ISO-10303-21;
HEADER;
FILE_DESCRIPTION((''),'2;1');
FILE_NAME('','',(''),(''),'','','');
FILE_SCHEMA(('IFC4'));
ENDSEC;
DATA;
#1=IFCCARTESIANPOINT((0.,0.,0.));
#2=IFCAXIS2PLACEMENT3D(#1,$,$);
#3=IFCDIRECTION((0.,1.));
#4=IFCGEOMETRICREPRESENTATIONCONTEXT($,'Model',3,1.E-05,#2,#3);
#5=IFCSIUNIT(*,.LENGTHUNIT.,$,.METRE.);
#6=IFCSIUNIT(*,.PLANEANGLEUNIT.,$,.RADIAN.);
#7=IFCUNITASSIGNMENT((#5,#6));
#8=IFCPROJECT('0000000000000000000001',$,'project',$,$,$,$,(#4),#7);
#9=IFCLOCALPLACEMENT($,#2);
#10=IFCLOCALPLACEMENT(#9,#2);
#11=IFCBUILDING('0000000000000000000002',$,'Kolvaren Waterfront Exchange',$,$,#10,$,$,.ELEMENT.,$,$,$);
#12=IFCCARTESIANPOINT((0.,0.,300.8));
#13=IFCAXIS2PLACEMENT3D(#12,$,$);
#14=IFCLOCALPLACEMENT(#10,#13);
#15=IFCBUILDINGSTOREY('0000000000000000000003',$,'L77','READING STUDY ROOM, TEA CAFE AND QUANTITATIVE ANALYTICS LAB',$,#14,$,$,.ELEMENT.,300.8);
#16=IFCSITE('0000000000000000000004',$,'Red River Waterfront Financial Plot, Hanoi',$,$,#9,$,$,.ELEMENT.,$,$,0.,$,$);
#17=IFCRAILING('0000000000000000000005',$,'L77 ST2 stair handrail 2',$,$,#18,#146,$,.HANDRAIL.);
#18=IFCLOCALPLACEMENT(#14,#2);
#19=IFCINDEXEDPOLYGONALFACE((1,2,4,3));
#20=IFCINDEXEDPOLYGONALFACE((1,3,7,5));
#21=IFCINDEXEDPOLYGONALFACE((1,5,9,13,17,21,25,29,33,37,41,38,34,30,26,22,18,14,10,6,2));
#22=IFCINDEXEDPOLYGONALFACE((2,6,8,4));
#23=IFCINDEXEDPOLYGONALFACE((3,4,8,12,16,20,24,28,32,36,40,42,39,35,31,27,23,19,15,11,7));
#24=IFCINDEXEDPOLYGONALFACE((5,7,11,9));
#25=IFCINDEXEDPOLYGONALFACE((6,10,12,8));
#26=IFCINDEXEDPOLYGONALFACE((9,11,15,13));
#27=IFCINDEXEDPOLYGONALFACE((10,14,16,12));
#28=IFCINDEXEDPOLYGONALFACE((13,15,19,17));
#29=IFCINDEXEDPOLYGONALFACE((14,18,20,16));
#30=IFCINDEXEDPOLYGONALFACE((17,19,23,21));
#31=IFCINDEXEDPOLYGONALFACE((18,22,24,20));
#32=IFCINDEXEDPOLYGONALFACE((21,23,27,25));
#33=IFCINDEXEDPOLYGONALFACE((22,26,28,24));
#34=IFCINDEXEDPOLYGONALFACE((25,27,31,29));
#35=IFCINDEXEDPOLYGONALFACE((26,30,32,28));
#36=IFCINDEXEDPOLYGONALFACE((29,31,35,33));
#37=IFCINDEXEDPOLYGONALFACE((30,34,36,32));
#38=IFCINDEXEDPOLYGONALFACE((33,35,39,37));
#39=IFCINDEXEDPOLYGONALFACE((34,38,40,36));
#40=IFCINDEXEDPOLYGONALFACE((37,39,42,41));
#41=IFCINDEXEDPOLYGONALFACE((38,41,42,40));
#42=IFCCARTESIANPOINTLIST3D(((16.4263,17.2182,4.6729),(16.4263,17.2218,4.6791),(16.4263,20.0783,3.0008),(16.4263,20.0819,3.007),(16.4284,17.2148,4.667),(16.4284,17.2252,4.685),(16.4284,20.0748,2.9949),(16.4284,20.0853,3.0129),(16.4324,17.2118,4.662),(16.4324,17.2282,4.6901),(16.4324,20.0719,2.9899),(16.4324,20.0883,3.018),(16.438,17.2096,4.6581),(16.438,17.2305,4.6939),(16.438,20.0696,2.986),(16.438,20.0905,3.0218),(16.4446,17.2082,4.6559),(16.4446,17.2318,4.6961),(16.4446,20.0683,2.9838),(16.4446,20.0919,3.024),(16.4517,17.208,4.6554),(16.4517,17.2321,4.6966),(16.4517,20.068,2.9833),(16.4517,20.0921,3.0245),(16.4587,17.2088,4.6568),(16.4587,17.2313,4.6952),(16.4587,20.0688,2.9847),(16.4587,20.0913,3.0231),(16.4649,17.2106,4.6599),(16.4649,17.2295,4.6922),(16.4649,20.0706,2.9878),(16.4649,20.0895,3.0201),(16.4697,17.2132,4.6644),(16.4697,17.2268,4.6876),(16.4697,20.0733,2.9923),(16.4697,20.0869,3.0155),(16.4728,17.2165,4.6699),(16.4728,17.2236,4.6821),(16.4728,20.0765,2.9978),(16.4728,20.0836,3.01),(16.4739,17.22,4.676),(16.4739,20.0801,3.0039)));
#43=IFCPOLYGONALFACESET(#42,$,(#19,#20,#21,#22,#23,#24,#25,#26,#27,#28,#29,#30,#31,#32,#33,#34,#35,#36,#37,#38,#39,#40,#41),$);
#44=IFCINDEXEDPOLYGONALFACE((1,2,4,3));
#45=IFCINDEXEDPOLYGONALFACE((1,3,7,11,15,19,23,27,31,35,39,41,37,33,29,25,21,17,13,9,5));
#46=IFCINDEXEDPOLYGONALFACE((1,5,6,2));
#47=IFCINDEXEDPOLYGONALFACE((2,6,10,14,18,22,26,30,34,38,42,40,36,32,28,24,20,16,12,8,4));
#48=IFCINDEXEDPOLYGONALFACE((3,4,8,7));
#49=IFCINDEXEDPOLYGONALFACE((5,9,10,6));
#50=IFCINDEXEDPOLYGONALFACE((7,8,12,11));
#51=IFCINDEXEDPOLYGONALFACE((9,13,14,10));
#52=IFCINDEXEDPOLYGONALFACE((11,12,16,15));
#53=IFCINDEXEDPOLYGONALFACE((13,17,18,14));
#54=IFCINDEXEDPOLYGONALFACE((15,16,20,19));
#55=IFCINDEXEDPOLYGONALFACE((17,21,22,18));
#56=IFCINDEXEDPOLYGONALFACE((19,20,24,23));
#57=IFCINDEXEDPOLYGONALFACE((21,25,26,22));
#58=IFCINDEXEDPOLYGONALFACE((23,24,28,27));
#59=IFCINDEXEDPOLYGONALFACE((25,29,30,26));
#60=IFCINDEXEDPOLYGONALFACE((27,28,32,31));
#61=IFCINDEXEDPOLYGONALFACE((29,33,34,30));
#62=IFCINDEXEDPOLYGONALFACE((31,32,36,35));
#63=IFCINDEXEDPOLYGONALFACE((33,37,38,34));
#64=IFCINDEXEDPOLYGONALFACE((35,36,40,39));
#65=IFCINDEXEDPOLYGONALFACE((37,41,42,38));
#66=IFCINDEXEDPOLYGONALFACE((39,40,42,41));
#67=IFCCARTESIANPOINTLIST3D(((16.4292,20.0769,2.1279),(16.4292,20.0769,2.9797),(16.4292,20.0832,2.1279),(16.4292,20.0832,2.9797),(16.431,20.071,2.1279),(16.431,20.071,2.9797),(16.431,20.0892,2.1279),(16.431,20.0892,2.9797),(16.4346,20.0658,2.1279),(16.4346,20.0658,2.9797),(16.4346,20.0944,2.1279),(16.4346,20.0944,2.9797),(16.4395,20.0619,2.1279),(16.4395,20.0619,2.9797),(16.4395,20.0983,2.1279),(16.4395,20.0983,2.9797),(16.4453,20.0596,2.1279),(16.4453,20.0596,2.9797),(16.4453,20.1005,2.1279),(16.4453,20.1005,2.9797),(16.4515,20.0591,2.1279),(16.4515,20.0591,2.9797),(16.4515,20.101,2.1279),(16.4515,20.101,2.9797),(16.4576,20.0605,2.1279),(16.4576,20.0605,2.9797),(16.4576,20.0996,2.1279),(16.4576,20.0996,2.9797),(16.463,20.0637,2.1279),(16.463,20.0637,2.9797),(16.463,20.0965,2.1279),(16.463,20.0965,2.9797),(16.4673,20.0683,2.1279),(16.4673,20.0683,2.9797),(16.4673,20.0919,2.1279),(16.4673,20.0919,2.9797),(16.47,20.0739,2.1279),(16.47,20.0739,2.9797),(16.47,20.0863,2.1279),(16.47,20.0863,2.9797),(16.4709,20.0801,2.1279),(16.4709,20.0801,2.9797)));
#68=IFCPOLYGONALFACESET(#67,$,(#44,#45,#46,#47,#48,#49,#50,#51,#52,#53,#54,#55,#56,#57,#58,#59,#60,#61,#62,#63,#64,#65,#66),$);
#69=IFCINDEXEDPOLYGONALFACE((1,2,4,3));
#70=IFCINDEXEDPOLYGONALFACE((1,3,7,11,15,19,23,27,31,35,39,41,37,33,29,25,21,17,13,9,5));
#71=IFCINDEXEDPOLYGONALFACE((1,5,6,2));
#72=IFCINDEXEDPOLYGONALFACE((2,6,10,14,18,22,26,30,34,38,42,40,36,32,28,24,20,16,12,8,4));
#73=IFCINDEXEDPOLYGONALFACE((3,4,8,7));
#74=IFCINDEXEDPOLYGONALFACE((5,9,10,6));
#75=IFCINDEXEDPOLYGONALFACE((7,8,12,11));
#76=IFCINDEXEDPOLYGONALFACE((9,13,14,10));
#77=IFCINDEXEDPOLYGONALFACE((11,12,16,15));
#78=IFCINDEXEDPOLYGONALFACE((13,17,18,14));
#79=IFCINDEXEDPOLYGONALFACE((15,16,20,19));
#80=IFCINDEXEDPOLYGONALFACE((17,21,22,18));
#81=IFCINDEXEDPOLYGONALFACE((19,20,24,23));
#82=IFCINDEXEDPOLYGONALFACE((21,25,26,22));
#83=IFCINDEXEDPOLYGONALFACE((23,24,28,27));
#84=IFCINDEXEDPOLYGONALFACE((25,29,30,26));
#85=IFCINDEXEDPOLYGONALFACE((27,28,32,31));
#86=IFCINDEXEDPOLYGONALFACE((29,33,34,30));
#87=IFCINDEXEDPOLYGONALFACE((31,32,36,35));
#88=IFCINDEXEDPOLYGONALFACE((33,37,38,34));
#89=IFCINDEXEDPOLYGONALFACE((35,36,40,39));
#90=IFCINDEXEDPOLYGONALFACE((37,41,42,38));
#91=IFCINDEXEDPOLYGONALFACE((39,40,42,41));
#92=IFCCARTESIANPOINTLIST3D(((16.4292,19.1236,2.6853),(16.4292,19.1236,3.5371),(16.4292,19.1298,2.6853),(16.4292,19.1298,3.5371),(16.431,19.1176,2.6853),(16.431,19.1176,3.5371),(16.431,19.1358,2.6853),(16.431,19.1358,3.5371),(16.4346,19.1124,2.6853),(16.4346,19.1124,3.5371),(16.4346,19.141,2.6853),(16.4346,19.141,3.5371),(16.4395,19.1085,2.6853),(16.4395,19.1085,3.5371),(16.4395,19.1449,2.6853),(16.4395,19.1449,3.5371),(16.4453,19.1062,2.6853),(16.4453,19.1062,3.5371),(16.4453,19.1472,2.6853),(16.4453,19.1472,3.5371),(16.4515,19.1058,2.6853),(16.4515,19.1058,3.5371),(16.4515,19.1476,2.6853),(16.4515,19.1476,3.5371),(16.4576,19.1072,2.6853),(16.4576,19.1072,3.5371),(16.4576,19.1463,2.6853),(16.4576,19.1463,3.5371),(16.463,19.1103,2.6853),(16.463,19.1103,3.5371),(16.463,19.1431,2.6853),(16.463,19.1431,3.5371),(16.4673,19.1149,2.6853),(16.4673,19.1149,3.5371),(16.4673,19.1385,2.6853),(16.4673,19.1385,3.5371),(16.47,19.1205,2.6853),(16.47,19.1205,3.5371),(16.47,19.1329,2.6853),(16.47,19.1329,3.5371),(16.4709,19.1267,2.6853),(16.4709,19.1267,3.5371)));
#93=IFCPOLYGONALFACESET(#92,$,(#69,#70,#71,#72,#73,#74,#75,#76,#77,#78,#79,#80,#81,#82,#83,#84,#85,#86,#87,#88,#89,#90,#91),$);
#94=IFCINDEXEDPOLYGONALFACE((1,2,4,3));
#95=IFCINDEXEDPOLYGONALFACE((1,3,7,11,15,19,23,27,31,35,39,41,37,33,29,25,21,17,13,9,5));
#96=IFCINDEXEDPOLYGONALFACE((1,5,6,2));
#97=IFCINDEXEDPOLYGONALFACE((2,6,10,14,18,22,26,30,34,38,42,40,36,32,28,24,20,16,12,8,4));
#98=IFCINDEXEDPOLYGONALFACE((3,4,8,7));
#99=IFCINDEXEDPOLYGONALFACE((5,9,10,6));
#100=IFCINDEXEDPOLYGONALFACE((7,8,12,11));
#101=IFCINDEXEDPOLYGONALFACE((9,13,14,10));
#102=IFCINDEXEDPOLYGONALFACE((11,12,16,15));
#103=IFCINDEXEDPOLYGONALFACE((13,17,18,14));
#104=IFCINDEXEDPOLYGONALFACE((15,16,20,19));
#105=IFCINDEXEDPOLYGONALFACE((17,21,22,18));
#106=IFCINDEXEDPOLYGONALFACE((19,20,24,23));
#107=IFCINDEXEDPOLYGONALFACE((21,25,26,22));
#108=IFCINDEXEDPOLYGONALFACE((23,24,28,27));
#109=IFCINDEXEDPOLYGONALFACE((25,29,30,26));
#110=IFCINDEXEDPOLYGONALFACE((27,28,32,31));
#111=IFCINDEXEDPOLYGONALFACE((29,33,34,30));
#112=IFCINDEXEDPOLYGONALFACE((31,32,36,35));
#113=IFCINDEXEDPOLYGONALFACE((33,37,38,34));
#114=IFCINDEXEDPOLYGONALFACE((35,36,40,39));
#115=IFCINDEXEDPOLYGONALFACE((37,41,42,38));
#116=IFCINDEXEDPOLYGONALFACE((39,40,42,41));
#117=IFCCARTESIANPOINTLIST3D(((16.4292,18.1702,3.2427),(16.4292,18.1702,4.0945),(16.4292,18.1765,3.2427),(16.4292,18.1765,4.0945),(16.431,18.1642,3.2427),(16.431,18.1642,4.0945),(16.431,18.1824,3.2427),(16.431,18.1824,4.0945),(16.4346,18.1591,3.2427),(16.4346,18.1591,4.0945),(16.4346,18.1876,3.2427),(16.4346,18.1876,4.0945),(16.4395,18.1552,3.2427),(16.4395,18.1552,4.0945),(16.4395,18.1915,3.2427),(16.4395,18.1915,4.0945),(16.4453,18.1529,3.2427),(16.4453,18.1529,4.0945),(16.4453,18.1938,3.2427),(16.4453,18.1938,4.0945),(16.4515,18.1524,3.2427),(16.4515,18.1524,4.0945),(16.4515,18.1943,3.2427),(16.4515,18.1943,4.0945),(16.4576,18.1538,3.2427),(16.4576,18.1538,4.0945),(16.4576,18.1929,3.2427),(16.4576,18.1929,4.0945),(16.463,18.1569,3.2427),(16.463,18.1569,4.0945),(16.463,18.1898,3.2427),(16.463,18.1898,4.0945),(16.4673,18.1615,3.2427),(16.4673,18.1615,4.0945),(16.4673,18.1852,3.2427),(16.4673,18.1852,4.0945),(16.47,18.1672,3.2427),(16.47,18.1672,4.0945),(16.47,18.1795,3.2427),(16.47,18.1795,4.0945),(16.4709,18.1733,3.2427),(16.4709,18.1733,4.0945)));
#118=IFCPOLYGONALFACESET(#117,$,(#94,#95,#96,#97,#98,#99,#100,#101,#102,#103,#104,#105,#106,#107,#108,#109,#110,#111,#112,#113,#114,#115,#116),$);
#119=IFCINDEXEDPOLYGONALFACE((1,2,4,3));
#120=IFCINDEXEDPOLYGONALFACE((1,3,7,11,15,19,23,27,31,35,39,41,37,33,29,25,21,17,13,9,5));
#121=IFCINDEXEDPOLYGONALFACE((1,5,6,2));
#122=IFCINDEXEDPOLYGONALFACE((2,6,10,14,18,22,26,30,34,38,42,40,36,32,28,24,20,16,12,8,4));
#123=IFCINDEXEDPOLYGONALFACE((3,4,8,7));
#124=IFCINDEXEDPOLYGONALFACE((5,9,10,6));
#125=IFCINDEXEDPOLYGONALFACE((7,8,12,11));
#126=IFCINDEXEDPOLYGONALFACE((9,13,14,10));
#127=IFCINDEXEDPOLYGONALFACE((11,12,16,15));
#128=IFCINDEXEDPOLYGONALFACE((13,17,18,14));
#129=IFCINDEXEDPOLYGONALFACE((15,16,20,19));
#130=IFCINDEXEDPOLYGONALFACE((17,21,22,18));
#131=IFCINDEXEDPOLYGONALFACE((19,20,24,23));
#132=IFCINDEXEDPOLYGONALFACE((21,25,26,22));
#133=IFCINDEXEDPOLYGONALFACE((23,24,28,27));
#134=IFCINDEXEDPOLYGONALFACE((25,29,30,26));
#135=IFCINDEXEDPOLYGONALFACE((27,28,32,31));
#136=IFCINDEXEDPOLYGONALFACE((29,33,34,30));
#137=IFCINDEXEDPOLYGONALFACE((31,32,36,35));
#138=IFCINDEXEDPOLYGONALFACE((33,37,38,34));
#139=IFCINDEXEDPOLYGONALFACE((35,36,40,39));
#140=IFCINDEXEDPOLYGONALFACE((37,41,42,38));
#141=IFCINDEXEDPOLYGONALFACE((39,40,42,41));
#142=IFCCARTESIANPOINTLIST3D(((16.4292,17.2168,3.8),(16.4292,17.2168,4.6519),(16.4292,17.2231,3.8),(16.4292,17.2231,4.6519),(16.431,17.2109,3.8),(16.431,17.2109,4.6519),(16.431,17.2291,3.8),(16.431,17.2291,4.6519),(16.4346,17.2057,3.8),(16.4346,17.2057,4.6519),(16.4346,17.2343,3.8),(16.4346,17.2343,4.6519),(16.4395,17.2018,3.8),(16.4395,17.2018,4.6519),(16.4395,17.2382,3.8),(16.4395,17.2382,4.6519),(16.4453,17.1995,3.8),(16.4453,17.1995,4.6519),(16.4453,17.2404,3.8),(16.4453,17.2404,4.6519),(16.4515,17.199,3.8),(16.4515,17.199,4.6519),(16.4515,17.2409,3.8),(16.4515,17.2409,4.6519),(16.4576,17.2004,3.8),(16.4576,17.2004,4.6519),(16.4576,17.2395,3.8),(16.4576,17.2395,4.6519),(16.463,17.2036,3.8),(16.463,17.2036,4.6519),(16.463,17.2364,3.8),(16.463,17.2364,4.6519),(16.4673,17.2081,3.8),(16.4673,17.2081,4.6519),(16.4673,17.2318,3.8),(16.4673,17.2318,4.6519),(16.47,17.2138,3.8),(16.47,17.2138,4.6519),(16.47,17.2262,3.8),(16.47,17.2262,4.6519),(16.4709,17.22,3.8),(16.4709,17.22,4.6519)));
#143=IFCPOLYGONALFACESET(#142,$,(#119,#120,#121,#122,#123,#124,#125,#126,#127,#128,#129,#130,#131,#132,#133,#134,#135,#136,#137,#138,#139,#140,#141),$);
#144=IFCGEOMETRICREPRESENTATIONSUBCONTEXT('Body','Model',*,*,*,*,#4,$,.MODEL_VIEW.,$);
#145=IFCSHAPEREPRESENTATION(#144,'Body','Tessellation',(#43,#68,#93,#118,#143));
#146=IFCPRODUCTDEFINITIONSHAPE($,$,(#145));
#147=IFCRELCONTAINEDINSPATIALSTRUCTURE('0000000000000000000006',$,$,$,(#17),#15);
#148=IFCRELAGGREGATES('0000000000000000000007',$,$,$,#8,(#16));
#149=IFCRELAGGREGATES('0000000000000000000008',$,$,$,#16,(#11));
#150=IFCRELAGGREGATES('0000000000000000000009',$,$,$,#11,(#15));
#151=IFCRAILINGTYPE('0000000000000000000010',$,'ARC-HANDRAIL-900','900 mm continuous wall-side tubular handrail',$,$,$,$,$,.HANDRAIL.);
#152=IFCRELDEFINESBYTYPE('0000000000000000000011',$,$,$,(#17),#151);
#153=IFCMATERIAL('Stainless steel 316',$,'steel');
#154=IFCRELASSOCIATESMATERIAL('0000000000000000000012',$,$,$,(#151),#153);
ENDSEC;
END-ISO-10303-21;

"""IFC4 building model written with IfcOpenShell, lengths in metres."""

from ifc_helpers import new_model, si_unit, direction, frame, origin, origin_2d, place, context, subcontext, project, spatial, circle, extrude, material, type_object, element, save


model = new_model("IFC4")

# Units and contexts
model_context = context("Model", 3, precision=1e-05, world=origin(), true_north=direction((0.0, 1.0)))
body_context = subcontext(model_context, "Body", "Model", "MODEL_VIEW")
ifc_project = project(units=[si_unit("LENGTHUNIT", "METRE"), si_unit("PLANEANGLEUNIT", "RADIAN")], contexts=[model_context])

# Site, building, storey
site_placement = place(None, origin())
site = spatial("IfcSite", under=ifc_project, at=site_placement, Name="Red River Waterfront Financial Plot, Hanoi", CompositionType="ELEMENT", RefElevation=0.0)
building_placement = place(site_placement, origin())
building = spatial("IfcBuilding", under=site, at=building_placement, Name="Kolvaren Waterfront Exchange", CompositionType="ELEMENT")
storey_placement = place(building_placement, frame((0.0, 0.0, 300.8)))
storey = spatial("IfcBuildingStorey", under=building, at=storey_placement, Name="L77", Description="READING STUDY ROOM, TEA CAFE AND QUANTITATIVE ANALYTICS LAB", CompositionType="ELEMENT", Elevation=300.8)

# Railing
ifc_material_1 = material(Name="Stainless steel 316", Category="steel")
railing_type = type_object("IfcRailingType", Name="ARC-HANDRAIL-900", Description="900 mm continuous wall-side tubular handrail", PredefinedType="HANDRAIL", material=ifc_material_1)
railing_placement = place(storey_placement, frame((16.45, 20.0801, 2.1279)))
element("IfcRailing", 1, at=railing_placement, inside=storey, type_object=railing_type, Name="L77 ST2 stair handrail 2", PredefinedType="HANDRAIL", context=body_context, shape_type="SweptSolid", body=[
    extrude(circle(Radius=0.0239, at=origin_2d()), frame((0.0, 0.0, 0.876), z_axis=(0.0, -0.863289, 0.504709), x_axis=(1.0, 0.0, 0.0)), (0.0, 0.0, 1.0), 3.313),
    extrude(circle(Radius=0.021, at=origin_2d()), origin(), (0.0, 0.0, 1.0), 0.8518),
    extrude(circle(Radius=0.021, at=origin_2d()), frame((0.0, -0.9534, 0.5574)), (0.0, 0.0, 1.0), 0.8518),
    extrude(circle(Radius=0.021, at=origin_2d()), frame((0.0, -1.9067, 1.1147)), (0.0, 0.0, 1.0), 0.8518),
    extrude(circle(Radius=0.021, at=origin_2d()), frame((0.0, -2.8601, 1.6721)), (0.0, 0.0, 1.0), 0.8518),
])

save(model, "model.ifc")
